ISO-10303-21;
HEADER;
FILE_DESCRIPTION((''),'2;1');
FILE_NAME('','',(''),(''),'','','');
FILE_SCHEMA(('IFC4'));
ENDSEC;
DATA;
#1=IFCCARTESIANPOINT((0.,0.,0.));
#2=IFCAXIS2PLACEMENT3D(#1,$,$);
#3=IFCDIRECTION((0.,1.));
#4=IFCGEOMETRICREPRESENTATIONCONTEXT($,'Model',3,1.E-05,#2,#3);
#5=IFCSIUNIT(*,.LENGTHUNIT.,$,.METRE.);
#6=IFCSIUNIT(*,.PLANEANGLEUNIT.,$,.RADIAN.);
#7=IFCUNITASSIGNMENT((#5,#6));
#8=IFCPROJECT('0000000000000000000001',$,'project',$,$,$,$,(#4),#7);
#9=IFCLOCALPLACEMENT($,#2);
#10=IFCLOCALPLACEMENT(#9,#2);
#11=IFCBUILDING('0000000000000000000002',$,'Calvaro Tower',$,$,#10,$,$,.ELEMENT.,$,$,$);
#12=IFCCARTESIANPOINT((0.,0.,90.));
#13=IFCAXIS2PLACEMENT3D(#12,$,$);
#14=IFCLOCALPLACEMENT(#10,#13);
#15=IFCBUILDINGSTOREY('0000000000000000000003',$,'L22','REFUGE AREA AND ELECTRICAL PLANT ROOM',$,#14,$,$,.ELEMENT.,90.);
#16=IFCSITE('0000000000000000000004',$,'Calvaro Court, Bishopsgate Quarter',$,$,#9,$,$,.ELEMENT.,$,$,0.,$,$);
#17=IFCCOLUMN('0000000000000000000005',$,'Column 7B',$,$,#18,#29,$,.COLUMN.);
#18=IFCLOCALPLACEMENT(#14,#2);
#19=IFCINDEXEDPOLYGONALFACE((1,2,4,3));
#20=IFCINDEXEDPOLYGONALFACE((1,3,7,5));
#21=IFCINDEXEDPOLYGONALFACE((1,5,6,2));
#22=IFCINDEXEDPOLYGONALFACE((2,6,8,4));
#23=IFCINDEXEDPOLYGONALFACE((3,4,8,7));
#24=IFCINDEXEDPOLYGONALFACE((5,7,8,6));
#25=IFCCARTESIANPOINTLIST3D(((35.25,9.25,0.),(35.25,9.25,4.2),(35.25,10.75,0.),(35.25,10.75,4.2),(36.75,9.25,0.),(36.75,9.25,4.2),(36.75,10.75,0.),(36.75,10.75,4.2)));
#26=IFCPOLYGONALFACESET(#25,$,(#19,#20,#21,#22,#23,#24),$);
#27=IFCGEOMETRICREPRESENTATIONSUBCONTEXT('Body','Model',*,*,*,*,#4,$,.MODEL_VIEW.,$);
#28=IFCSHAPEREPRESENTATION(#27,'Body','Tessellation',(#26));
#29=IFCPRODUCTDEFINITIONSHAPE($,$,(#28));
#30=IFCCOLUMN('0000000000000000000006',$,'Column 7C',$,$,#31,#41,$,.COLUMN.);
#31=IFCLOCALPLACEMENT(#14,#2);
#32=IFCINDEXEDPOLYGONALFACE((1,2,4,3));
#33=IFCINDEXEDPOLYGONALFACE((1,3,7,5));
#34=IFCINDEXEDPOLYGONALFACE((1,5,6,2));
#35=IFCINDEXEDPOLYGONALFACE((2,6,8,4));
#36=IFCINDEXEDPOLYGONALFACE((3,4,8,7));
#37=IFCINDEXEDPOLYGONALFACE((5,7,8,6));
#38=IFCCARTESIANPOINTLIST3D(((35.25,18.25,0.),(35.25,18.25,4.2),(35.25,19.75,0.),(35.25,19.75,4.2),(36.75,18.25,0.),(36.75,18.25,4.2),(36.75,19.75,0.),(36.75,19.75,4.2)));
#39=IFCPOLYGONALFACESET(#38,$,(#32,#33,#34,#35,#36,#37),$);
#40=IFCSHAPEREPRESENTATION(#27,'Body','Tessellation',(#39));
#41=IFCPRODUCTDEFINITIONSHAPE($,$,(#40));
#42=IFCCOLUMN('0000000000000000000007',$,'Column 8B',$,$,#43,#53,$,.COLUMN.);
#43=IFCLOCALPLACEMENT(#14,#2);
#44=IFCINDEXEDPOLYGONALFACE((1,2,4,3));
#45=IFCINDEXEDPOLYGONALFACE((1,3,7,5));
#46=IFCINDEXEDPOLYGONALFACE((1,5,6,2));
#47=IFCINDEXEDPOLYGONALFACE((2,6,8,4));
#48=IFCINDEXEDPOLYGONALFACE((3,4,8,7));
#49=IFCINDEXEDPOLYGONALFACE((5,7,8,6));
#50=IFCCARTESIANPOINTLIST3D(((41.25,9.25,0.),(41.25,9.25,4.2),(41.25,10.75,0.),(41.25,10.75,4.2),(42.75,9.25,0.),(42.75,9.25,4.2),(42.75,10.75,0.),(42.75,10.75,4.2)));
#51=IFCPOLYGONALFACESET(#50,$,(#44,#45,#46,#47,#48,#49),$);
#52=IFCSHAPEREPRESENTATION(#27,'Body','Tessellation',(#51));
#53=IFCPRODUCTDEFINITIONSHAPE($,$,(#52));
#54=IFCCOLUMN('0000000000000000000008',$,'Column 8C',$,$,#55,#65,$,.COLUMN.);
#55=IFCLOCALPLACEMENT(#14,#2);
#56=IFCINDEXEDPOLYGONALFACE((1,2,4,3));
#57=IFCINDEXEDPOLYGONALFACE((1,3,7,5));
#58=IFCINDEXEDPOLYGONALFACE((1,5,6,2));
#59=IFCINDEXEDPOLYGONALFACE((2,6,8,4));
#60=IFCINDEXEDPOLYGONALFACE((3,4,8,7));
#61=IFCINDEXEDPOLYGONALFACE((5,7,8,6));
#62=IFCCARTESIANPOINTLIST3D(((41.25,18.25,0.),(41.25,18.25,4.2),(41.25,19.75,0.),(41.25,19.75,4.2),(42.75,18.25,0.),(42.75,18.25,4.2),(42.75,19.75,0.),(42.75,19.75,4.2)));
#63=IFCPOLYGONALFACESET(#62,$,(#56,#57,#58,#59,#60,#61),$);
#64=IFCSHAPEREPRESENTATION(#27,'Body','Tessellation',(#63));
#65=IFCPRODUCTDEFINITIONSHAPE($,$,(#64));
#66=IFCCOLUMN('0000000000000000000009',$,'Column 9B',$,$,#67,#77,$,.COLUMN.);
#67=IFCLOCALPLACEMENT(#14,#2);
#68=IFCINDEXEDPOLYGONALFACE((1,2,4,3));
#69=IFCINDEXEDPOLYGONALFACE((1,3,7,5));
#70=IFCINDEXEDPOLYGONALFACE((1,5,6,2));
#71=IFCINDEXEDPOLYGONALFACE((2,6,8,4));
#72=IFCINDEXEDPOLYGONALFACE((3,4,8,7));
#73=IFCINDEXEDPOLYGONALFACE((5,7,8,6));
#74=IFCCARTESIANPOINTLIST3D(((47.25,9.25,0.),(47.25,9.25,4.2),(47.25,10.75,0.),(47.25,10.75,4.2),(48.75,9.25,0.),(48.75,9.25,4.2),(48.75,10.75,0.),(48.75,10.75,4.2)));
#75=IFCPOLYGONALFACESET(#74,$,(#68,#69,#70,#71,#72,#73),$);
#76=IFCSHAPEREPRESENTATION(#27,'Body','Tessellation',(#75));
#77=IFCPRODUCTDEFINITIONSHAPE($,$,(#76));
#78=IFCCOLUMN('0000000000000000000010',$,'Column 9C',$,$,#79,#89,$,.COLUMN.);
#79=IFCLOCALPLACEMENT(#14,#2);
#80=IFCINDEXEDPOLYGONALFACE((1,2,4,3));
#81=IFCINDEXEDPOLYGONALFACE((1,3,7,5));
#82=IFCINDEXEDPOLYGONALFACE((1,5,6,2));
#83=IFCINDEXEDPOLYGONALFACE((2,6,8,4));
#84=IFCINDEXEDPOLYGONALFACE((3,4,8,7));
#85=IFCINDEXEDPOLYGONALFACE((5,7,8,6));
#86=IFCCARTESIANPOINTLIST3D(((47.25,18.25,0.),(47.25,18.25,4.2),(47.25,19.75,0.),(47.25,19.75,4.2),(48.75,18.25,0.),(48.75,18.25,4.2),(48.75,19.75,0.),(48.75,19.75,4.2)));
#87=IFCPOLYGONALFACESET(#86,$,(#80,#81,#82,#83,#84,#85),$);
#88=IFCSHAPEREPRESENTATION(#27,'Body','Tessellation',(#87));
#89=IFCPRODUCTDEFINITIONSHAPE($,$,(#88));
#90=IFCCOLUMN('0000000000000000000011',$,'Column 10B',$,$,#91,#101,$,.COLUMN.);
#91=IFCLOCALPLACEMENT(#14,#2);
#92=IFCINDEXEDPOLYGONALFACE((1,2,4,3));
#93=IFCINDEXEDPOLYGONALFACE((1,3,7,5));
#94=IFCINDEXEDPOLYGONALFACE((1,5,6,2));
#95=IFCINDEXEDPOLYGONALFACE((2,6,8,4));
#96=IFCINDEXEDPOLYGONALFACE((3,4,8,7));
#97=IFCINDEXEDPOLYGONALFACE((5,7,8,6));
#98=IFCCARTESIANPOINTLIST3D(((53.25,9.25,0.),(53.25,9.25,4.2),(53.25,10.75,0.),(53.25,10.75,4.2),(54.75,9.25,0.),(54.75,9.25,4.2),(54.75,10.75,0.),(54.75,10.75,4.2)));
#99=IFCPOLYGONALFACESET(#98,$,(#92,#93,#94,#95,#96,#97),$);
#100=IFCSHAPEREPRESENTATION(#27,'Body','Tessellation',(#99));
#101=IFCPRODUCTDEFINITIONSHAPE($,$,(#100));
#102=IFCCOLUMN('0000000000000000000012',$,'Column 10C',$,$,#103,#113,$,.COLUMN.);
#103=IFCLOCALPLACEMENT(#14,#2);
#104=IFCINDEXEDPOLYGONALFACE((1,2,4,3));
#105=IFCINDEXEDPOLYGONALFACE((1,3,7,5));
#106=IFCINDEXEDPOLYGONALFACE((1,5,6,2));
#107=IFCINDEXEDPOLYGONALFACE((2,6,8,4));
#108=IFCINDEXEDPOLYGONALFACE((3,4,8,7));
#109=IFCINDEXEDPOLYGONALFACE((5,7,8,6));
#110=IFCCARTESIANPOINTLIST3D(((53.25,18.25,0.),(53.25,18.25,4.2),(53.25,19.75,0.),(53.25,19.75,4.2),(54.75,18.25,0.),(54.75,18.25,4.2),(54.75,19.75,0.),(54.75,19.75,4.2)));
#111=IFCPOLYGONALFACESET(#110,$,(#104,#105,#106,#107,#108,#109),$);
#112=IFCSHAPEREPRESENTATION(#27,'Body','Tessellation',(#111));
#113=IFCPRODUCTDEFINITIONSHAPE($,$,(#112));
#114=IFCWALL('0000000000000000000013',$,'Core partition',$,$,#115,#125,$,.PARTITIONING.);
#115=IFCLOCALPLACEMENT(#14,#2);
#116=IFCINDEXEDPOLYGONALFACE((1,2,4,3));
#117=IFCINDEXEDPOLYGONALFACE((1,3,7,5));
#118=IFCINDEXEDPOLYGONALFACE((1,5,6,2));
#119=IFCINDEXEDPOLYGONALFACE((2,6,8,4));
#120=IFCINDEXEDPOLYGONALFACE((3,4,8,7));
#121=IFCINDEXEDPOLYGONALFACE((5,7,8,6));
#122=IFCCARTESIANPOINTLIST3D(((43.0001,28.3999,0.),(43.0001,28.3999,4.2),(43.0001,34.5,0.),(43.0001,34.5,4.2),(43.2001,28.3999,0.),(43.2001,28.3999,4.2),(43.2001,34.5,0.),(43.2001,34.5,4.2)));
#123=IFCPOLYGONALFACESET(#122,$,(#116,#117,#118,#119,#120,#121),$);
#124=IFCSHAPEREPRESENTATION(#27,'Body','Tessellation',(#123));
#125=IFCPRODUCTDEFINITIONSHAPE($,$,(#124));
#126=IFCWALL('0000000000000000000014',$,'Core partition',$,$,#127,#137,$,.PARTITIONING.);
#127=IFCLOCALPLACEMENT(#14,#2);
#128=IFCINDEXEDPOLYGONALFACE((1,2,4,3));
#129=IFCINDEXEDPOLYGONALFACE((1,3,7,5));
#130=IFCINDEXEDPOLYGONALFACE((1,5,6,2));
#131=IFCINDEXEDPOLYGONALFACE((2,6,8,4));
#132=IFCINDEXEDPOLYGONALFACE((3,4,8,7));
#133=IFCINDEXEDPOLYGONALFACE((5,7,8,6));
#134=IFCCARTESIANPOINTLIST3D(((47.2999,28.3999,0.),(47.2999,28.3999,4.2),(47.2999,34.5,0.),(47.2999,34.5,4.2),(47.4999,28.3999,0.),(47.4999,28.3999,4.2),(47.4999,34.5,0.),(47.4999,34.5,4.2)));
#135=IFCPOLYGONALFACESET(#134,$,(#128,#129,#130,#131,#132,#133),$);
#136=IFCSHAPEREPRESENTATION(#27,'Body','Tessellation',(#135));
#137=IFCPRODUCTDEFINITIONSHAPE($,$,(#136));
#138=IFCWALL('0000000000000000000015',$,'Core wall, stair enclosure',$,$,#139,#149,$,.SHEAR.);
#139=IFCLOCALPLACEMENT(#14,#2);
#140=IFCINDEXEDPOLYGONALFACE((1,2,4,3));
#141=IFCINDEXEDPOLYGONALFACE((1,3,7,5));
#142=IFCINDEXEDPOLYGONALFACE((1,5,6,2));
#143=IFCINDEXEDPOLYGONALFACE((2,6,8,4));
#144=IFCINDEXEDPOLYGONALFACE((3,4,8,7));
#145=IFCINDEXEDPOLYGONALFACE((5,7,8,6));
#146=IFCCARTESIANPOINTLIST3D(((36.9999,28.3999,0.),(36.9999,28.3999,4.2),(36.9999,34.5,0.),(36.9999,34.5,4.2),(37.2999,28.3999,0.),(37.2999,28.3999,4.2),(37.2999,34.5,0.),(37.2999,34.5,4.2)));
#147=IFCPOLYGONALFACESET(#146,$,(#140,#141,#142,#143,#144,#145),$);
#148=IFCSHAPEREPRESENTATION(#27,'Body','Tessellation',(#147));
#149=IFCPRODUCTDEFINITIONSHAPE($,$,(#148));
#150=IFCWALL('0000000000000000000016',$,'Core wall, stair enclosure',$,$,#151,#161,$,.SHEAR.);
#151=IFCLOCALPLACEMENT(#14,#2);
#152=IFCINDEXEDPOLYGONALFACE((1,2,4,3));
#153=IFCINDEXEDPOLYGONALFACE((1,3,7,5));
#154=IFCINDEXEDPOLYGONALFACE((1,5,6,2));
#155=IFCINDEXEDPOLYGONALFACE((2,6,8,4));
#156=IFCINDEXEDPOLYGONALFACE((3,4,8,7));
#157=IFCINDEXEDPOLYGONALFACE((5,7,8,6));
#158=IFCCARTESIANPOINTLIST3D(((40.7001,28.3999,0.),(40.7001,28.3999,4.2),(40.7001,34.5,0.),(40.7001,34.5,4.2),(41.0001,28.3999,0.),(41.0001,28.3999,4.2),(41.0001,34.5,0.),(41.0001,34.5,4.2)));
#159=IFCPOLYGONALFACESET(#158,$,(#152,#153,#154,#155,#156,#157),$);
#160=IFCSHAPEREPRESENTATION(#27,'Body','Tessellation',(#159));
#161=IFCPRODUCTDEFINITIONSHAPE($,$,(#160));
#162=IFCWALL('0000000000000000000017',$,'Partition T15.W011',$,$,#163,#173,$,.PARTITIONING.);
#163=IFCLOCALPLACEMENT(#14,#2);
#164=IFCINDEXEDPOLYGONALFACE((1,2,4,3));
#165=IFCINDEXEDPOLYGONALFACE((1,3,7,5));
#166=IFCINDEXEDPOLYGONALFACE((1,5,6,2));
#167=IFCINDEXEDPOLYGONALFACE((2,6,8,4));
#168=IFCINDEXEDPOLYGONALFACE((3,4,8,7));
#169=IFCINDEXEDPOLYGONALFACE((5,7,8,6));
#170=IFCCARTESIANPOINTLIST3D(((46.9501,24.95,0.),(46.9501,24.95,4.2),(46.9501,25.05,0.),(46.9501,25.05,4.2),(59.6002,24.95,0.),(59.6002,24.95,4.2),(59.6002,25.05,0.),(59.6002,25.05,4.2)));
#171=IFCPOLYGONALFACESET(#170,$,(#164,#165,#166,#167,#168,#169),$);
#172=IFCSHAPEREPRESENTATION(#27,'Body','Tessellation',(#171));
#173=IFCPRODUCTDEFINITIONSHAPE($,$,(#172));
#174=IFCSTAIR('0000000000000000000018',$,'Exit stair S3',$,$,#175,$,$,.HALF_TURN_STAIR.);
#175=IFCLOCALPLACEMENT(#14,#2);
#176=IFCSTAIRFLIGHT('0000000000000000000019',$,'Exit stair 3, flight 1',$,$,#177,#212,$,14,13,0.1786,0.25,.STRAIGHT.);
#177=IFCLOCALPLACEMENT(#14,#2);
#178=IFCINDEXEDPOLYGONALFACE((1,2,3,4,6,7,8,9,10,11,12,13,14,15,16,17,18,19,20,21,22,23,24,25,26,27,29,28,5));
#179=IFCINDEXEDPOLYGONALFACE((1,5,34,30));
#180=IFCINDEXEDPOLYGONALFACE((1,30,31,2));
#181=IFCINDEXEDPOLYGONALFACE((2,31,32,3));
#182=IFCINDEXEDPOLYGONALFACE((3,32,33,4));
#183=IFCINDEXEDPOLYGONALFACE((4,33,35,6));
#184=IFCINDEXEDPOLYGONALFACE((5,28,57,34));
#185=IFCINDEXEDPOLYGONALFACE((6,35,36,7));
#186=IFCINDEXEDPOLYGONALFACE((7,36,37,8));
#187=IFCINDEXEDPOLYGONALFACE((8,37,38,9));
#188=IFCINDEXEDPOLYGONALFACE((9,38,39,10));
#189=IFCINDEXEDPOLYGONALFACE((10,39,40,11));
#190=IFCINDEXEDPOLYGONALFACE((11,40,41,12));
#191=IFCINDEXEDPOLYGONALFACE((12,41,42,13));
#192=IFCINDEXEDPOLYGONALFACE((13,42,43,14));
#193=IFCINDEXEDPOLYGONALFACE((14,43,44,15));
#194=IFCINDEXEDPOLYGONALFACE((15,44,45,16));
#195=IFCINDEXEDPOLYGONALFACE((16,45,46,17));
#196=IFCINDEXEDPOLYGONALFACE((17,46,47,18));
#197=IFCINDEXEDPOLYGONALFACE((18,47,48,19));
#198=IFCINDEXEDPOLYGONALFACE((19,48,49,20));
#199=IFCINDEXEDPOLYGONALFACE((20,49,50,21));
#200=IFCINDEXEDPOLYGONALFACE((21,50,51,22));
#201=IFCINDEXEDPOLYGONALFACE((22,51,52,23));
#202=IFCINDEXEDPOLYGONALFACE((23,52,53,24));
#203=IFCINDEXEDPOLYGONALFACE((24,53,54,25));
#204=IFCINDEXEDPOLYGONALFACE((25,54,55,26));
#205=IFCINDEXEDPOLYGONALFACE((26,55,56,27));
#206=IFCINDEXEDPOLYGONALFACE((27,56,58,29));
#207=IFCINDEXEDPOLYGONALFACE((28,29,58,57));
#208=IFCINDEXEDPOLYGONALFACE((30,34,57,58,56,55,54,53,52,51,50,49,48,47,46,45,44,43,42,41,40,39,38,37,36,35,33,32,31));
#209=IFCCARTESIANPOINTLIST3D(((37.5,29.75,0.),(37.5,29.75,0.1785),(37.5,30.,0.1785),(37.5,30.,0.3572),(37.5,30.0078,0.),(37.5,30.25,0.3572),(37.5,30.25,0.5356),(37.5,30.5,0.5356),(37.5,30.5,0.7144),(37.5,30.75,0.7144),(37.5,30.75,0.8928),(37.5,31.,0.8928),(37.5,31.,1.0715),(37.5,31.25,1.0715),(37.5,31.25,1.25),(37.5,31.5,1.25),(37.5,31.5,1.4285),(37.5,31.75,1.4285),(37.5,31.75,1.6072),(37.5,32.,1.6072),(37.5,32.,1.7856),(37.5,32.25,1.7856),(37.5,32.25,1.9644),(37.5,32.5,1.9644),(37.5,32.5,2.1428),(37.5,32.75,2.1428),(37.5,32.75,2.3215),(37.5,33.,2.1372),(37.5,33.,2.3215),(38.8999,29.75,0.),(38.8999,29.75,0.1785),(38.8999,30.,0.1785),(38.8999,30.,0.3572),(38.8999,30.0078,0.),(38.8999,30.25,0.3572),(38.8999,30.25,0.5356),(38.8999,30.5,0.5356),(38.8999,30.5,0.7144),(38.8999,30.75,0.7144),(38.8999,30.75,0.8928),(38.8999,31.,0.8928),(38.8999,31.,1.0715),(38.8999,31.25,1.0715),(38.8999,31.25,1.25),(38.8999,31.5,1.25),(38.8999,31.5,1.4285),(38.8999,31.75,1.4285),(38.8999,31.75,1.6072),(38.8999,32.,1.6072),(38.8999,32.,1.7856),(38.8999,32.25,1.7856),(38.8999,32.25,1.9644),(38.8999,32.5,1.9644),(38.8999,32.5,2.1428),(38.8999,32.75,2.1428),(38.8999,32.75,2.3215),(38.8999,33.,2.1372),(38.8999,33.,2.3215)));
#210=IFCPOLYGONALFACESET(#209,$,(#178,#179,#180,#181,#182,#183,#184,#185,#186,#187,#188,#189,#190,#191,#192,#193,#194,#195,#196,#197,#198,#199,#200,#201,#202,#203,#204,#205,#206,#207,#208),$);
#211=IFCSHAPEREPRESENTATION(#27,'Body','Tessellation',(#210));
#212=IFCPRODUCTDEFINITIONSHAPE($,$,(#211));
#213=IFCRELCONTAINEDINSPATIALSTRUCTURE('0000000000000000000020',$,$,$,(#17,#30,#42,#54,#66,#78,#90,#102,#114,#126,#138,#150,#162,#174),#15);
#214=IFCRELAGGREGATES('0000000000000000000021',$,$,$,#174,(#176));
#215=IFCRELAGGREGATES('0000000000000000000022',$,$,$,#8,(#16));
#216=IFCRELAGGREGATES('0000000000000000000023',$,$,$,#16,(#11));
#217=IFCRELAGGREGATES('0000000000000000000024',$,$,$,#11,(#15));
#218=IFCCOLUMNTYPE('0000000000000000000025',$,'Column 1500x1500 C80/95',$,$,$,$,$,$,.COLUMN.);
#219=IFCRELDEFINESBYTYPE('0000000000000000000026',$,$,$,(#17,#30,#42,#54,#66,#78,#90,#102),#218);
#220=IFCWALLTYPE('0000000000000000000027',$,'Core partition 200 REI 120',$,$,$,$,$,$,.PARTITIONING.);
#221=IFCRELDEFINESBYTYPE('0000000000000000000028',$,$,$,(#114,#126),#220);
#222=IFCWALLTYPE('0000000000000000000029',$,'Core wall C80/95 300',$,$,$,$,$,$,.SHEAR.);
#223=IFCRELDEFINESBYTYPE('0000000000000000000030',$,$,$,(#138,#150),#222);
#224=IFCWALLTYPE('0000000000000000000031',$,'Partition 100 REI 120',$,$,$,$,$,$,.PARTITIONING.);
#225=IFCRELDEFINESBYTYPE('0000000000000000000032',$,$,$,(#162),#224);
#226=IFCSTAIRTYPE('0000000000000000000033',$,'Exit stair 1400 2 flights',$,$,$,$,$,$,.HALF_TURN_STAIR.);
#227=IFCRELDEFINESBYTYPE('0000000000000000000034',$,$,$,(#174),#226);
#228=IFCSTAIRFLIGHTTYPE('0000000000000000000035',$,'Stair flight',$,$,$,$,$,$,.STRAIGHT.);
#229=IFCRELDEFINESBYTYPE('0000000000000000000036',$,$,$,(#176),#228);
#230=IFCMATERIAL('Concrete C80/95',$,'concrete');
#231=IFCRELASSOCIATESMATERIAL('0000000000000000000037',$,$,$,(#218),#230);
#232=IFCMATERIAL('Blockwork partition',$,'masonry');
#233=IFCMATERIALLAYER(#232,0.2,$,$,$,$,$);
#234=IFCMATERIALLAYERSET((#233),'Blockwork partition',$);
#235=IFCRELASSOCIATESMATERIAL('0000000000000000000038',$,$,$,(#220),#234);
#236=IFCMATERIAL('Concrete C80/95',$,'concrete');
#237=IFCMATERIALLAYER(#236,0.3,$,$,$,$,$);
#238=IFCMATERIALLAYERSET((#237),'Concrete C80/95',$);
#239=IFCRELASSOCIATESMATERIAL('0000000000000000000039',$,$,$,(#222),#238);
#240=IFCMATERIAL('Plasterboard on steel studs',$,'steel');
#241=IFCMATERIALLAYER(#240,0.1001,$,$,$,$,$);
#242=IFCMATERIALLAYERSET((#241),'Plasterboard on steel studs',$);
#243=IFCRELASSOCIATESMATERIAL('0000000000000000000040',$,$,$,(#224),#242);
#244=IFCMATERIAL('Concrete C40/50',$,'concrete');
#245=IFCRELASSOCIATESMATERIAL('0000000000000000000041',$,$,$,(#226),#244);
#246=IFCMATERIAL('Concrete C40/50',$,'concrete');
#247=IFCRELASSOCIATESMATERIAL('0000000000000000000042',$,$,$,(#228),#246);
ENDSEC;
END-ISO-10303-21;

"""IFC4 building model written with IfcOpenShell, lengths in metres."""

from ifc_helpers import new_model, si_unit, direction, frame, frame_2d, origin, origin_2d, place, context, subcontext, project, spatial, polyline, rectangle, outline, extrude, material, layer, layer_set, material_profile, profile_set, type_object, element, aggregate, save


model = new_model("IFC4")

# Units and contexts
model_context = context("Model", 3, precision=1e-05, world=origin(), true_north=direction((0.0, 1.0)))
body_context = subcontext(model_context, "Body", "Model", "MODEL_VIEW")
ifc_project = project(units=[si_unit("LENGTHUNIT", "METRE"), si_unit("PLANEANGLEUNIT", "RADIAN")], contexts=[model_context])

# Site, building, storey
site_placement = place(None, origin())
site = spatial("IfcSite", under=ifc_project, at=site_placement, Name="Calvaro Court, Bishopsgate Quarter", CompositionType="ELEMENT", RefElevation=0.0)
building_placement = place(site_placement, origin())
building = spatial("IfcBuilding", under=site, at=building_placement, Name="Calvaro Tower", CompositionType="ELEMENT")
storey_placement = place(building_placement, frame((0.0, 0.0, 90.0)))
storey = spatial("IfcBuildingStorey", under=building, at=storey_placement, Name="L22", Description="REFUGE AREA AND ELECTRICAL PLANT ROOM", CompositionType="ELEMENT", Elevation=90.0)

# Columns
ifc_material_1 = material(Name="Concrete C80/95", Category="concrete")
ifc_material_profile = material_profile(ifc_material_1, rectangle(XDim=1.5, YDim=1.5, at=origin_2d()), Name="RC 1500x1500")
ifc_profile_set = profile_set([ifc_material_profile], Name="Concrete C80/95")
column_type = type_object("IfcColumnType", Name="Column 1500x1500 C80/95", PredefinedType="COLUMN", material=ifc_profile_set)
for number, where, z_axis, x_axis, name in (
    (1, (36.0, 10.0, 0.0), (0.0, 0.0, 1.0), (1.0, 0.0, 0.0), "Column 7B"),
    (2, (36.0, 19.0, 0.0), (0.0, 0.0, 1.0), (1.0, 0.0, 0.0), "Column 7C"),
    (3, (42.0, 10.0, 0.0), (0.0, 0.0, 1.0), (1.0, 0.0, 0.0), "Column 8B"),
    (4, (42.0, 19.0, 0.0), (0.0, 0.0, 1.0), (1.0, 0.0, 0.0), "Column 8C"),
    (5, (48.0, 10.0, 0.0), (0.0, 0.0, 1.0), (1.0, 0.0, 0.0), "Column 9B"),
    (6, (48.0, 19.0, 0.0), (0.0, 0.0, 1.0), (1.0, 0.0, 0.0), "Column 9C"),
    (7, (54.0, 10.0, 0.0), (0.0, 0.0, 1.0), (1.0, 0.0, 0.0), "Column 10B"),
    (8, (54.0, 19.0, 0.0), (0.0, 0.0, 1.0), (1.0, 0.0, 0.0), "Column 10C"),
):
    element("IfcColumn", number, at=place(storey_placement, frame(where, z_axis=z_axis, x_axis=x_axis)), inside=storey, type_object=column_type, Name=name, PredefinedType="COLUMN", context=body_context, shape_type="SweptSolid", body=[
        extrude(rectangle(XDim=1.5, YDim=1.5, at=origin_2d()), origin(), (0.0, 0.0, 1.0), 4.2),
    ])

# Walls
ifc_material_2 = material(Name="Blockwork partition", Category="masonry")
ifc_layer_1 = layer(ifc_material_2, 0.2)
ifc_layer_set_1 = layer_set([ifc_layer_1], Name="Blockwork partition")
wall_type_1 = type_object("IfcWallType", Name="Core partition 200 REI 120", PredefinedType="PARTITIONING", material=ifc_layer_set_1)
for number, where, z_axis, x_axis, name in (
    (9, (43.1001, 28.3999, 0.0), (0.0, 0.0, 1.0), (0.0, 1.0, 0.0), "Core partition"),
    (10, (47.3999, 28.3999, 0.0), (0.0, 0.0, 1.0), (0.0, 1.0, 0.0), "Core partition"),
):
    element("IfcWall", number, at=place(storey_placement, frame(where, z_axis=z_axis, x_axis=x_axis)), inside=storey, type_object=wall_type_1, Name=name, PredefinedType="PARTITIONING", context=body_context, shape_type="SweptSolid", body=[
        extrude(rectangle(XDim=6.1001, YDim=0.2, at=frame_2d((3.05, 0.0))), origin(), (0.0, 0.0, 1.0), 4.2),
    ])
ifc_material_3 = material(Name="Concrete C80/95", Category="concrete")
ifc_layer_2 = layer(ifc_material_3, 0.3)
ifc_layer_set_2 = layer_set([ifc_layer_2], Name="Concrete C80/95")
wall_type_2 = type_object("IfcWallType", Name="Core wall C80/95 300", PredefinedType="SHEAR", material=ifc_layer_set_2)
for number, where, z_axis, x_axis, name in (
    (11, (37.1499, 28.3999, 0.0), (0.0, 0.0, 1.0), (0.0, 1.0, 0.0), "Core wall, stair enclosure"),
    (12, (40.8501, 28.3999, 0.0), (0.0, 0.0, 1.0), (0.0, 1.0, 0.0), "Core wall, stair enclosure"),
):
    element("IfcWall", number, at=place(storey_placement, frame(where, z_axis=z_axis, x_axis=x_axis)), inside=storey, type_object=wall_type_2, Name=name, PredefinedType="SHEAR", context=body_context, shape_type="SweptSolid", body=[
        extrude(rectangle(XDim=6.1001, YDim=0.3, at=frame_2d((3.05, 0.0))), origin(), (0.0, 0.0, 1.0), 4.2),
    ])
ifc_material_4 = material(Name="Plasterboard on steel studs", Category="steel")
ifc_layer_3 = layer(ifc_material_4, 0.1001)
ifc_layer_set_3 = layer_set([ifc_layer_3], Name="Plasterboard on steel studs")
wall_type_3 = type_object("IfcWallType", Name="Partition 100 REI 120", PredefinedType="PARTITIONING", material=ifc_layer_set_3)
wall_placement = place(storey_placement, frame((46.95, 25.0, 0.0), z_axis=(0.0, 0.0, 1.0), x_axis=(1.0, 0.0, 0.0)))
element("IfcWall", 13, at=wall_placement, inside=storey, type_object=wall_type_3, Name="Partition T15.W011", PredefinedType="PARTITIONING", context=body_context, shape_type="SweptSolid", body=[
    extrude(rectangle(XDim=12.6501, YDim=0.1001, at=frame_2d((6.3252, 0.0))), origin(), (0.0, 0.0, 1.0), 4.2),
])

# Stair, stair flight
ifc_material_5 = material(Name="Concrete C40/50", Category="concrete")
stair_type = type_object("IfcStairType", Name="Exit stair 1400 2 flights", PredefinedType="HALF_TURN_STAIR", material=ifc_material_5)
stair_1_placement = place(storey_placement, origin())
stair_1 = element("IfcStair", 14, at=stair_1_placement, inside=storey, type_object=stair_type, Name="Exit stair S3", PredefinedType="HALF_TURN_STAIR")
ifc_material_6 = material(Name="Concrete C40/50", Category="concrete")
stair_flight_type = type_object("IfcStairFlightType", Name="Stair flight", PredefinedType="STRAIGHT", material=ifc_material_6)
stair_flight_1_placement = place(storey_placement, frame((38.2, 29.75, 0.0), z_axis=(0.0, 0.0, 1.0), x_axis=(0.0, 1.0, 0.0)))
stair_flight_1 = element("IfcStairFlight", 15, at=stair_flight_1_placement, type_object=stair_flight_type, Name="Exit stair 3, flight 1", NumberOfRisers=14, NumberOfTreads=13, PredefinedType="STRAIGHT", RiserHeight=0.1786, TreadLength=0.25, context=body_context, shape_type="SweptSolid", body=[
    extrude(outline(polyline([(0.0, 0.0), (0.0, 0.1785), (0.25, 0.1785), (0.25, 0.3572), (0.5, 0.3572), (0.5, 0.5356), (0.75, 0.5356), (0.75, 0.7144), (1.0, 0.7144), (1.0, 0.8928), (1.25, 0.8928), (1.25, 1.0715), (1.5, 1.0715), (1.5, 1.25), (1.75, 1.25), (1.75, 1.4285), (2.0, 1.4285), (2.0, 1.6072), (2.25, 1.6072), (2.25, 1.7856), (2.5, 1.7856), (2.5, 1.9644), (2.75, 1.9644), (2.75, 2.1428), (3.0, 2.1428), (3.0, 2.3215), (3.25, 2.3215), (3.25, 2.5), (3.25, 2.1372), (0.2578, 0.0), (0.0, 0.0)])), frame((0.0, 0.7, 0.0), z_axis=(0.0, -1.0, 0.0), x_axis=(1.0, 0.0, 0.0)), (0.0, 0.0, 1.0), 1.3999),
])

aggregate(stair_1, [stair_flight_1])

save(model, "model.ifc")
